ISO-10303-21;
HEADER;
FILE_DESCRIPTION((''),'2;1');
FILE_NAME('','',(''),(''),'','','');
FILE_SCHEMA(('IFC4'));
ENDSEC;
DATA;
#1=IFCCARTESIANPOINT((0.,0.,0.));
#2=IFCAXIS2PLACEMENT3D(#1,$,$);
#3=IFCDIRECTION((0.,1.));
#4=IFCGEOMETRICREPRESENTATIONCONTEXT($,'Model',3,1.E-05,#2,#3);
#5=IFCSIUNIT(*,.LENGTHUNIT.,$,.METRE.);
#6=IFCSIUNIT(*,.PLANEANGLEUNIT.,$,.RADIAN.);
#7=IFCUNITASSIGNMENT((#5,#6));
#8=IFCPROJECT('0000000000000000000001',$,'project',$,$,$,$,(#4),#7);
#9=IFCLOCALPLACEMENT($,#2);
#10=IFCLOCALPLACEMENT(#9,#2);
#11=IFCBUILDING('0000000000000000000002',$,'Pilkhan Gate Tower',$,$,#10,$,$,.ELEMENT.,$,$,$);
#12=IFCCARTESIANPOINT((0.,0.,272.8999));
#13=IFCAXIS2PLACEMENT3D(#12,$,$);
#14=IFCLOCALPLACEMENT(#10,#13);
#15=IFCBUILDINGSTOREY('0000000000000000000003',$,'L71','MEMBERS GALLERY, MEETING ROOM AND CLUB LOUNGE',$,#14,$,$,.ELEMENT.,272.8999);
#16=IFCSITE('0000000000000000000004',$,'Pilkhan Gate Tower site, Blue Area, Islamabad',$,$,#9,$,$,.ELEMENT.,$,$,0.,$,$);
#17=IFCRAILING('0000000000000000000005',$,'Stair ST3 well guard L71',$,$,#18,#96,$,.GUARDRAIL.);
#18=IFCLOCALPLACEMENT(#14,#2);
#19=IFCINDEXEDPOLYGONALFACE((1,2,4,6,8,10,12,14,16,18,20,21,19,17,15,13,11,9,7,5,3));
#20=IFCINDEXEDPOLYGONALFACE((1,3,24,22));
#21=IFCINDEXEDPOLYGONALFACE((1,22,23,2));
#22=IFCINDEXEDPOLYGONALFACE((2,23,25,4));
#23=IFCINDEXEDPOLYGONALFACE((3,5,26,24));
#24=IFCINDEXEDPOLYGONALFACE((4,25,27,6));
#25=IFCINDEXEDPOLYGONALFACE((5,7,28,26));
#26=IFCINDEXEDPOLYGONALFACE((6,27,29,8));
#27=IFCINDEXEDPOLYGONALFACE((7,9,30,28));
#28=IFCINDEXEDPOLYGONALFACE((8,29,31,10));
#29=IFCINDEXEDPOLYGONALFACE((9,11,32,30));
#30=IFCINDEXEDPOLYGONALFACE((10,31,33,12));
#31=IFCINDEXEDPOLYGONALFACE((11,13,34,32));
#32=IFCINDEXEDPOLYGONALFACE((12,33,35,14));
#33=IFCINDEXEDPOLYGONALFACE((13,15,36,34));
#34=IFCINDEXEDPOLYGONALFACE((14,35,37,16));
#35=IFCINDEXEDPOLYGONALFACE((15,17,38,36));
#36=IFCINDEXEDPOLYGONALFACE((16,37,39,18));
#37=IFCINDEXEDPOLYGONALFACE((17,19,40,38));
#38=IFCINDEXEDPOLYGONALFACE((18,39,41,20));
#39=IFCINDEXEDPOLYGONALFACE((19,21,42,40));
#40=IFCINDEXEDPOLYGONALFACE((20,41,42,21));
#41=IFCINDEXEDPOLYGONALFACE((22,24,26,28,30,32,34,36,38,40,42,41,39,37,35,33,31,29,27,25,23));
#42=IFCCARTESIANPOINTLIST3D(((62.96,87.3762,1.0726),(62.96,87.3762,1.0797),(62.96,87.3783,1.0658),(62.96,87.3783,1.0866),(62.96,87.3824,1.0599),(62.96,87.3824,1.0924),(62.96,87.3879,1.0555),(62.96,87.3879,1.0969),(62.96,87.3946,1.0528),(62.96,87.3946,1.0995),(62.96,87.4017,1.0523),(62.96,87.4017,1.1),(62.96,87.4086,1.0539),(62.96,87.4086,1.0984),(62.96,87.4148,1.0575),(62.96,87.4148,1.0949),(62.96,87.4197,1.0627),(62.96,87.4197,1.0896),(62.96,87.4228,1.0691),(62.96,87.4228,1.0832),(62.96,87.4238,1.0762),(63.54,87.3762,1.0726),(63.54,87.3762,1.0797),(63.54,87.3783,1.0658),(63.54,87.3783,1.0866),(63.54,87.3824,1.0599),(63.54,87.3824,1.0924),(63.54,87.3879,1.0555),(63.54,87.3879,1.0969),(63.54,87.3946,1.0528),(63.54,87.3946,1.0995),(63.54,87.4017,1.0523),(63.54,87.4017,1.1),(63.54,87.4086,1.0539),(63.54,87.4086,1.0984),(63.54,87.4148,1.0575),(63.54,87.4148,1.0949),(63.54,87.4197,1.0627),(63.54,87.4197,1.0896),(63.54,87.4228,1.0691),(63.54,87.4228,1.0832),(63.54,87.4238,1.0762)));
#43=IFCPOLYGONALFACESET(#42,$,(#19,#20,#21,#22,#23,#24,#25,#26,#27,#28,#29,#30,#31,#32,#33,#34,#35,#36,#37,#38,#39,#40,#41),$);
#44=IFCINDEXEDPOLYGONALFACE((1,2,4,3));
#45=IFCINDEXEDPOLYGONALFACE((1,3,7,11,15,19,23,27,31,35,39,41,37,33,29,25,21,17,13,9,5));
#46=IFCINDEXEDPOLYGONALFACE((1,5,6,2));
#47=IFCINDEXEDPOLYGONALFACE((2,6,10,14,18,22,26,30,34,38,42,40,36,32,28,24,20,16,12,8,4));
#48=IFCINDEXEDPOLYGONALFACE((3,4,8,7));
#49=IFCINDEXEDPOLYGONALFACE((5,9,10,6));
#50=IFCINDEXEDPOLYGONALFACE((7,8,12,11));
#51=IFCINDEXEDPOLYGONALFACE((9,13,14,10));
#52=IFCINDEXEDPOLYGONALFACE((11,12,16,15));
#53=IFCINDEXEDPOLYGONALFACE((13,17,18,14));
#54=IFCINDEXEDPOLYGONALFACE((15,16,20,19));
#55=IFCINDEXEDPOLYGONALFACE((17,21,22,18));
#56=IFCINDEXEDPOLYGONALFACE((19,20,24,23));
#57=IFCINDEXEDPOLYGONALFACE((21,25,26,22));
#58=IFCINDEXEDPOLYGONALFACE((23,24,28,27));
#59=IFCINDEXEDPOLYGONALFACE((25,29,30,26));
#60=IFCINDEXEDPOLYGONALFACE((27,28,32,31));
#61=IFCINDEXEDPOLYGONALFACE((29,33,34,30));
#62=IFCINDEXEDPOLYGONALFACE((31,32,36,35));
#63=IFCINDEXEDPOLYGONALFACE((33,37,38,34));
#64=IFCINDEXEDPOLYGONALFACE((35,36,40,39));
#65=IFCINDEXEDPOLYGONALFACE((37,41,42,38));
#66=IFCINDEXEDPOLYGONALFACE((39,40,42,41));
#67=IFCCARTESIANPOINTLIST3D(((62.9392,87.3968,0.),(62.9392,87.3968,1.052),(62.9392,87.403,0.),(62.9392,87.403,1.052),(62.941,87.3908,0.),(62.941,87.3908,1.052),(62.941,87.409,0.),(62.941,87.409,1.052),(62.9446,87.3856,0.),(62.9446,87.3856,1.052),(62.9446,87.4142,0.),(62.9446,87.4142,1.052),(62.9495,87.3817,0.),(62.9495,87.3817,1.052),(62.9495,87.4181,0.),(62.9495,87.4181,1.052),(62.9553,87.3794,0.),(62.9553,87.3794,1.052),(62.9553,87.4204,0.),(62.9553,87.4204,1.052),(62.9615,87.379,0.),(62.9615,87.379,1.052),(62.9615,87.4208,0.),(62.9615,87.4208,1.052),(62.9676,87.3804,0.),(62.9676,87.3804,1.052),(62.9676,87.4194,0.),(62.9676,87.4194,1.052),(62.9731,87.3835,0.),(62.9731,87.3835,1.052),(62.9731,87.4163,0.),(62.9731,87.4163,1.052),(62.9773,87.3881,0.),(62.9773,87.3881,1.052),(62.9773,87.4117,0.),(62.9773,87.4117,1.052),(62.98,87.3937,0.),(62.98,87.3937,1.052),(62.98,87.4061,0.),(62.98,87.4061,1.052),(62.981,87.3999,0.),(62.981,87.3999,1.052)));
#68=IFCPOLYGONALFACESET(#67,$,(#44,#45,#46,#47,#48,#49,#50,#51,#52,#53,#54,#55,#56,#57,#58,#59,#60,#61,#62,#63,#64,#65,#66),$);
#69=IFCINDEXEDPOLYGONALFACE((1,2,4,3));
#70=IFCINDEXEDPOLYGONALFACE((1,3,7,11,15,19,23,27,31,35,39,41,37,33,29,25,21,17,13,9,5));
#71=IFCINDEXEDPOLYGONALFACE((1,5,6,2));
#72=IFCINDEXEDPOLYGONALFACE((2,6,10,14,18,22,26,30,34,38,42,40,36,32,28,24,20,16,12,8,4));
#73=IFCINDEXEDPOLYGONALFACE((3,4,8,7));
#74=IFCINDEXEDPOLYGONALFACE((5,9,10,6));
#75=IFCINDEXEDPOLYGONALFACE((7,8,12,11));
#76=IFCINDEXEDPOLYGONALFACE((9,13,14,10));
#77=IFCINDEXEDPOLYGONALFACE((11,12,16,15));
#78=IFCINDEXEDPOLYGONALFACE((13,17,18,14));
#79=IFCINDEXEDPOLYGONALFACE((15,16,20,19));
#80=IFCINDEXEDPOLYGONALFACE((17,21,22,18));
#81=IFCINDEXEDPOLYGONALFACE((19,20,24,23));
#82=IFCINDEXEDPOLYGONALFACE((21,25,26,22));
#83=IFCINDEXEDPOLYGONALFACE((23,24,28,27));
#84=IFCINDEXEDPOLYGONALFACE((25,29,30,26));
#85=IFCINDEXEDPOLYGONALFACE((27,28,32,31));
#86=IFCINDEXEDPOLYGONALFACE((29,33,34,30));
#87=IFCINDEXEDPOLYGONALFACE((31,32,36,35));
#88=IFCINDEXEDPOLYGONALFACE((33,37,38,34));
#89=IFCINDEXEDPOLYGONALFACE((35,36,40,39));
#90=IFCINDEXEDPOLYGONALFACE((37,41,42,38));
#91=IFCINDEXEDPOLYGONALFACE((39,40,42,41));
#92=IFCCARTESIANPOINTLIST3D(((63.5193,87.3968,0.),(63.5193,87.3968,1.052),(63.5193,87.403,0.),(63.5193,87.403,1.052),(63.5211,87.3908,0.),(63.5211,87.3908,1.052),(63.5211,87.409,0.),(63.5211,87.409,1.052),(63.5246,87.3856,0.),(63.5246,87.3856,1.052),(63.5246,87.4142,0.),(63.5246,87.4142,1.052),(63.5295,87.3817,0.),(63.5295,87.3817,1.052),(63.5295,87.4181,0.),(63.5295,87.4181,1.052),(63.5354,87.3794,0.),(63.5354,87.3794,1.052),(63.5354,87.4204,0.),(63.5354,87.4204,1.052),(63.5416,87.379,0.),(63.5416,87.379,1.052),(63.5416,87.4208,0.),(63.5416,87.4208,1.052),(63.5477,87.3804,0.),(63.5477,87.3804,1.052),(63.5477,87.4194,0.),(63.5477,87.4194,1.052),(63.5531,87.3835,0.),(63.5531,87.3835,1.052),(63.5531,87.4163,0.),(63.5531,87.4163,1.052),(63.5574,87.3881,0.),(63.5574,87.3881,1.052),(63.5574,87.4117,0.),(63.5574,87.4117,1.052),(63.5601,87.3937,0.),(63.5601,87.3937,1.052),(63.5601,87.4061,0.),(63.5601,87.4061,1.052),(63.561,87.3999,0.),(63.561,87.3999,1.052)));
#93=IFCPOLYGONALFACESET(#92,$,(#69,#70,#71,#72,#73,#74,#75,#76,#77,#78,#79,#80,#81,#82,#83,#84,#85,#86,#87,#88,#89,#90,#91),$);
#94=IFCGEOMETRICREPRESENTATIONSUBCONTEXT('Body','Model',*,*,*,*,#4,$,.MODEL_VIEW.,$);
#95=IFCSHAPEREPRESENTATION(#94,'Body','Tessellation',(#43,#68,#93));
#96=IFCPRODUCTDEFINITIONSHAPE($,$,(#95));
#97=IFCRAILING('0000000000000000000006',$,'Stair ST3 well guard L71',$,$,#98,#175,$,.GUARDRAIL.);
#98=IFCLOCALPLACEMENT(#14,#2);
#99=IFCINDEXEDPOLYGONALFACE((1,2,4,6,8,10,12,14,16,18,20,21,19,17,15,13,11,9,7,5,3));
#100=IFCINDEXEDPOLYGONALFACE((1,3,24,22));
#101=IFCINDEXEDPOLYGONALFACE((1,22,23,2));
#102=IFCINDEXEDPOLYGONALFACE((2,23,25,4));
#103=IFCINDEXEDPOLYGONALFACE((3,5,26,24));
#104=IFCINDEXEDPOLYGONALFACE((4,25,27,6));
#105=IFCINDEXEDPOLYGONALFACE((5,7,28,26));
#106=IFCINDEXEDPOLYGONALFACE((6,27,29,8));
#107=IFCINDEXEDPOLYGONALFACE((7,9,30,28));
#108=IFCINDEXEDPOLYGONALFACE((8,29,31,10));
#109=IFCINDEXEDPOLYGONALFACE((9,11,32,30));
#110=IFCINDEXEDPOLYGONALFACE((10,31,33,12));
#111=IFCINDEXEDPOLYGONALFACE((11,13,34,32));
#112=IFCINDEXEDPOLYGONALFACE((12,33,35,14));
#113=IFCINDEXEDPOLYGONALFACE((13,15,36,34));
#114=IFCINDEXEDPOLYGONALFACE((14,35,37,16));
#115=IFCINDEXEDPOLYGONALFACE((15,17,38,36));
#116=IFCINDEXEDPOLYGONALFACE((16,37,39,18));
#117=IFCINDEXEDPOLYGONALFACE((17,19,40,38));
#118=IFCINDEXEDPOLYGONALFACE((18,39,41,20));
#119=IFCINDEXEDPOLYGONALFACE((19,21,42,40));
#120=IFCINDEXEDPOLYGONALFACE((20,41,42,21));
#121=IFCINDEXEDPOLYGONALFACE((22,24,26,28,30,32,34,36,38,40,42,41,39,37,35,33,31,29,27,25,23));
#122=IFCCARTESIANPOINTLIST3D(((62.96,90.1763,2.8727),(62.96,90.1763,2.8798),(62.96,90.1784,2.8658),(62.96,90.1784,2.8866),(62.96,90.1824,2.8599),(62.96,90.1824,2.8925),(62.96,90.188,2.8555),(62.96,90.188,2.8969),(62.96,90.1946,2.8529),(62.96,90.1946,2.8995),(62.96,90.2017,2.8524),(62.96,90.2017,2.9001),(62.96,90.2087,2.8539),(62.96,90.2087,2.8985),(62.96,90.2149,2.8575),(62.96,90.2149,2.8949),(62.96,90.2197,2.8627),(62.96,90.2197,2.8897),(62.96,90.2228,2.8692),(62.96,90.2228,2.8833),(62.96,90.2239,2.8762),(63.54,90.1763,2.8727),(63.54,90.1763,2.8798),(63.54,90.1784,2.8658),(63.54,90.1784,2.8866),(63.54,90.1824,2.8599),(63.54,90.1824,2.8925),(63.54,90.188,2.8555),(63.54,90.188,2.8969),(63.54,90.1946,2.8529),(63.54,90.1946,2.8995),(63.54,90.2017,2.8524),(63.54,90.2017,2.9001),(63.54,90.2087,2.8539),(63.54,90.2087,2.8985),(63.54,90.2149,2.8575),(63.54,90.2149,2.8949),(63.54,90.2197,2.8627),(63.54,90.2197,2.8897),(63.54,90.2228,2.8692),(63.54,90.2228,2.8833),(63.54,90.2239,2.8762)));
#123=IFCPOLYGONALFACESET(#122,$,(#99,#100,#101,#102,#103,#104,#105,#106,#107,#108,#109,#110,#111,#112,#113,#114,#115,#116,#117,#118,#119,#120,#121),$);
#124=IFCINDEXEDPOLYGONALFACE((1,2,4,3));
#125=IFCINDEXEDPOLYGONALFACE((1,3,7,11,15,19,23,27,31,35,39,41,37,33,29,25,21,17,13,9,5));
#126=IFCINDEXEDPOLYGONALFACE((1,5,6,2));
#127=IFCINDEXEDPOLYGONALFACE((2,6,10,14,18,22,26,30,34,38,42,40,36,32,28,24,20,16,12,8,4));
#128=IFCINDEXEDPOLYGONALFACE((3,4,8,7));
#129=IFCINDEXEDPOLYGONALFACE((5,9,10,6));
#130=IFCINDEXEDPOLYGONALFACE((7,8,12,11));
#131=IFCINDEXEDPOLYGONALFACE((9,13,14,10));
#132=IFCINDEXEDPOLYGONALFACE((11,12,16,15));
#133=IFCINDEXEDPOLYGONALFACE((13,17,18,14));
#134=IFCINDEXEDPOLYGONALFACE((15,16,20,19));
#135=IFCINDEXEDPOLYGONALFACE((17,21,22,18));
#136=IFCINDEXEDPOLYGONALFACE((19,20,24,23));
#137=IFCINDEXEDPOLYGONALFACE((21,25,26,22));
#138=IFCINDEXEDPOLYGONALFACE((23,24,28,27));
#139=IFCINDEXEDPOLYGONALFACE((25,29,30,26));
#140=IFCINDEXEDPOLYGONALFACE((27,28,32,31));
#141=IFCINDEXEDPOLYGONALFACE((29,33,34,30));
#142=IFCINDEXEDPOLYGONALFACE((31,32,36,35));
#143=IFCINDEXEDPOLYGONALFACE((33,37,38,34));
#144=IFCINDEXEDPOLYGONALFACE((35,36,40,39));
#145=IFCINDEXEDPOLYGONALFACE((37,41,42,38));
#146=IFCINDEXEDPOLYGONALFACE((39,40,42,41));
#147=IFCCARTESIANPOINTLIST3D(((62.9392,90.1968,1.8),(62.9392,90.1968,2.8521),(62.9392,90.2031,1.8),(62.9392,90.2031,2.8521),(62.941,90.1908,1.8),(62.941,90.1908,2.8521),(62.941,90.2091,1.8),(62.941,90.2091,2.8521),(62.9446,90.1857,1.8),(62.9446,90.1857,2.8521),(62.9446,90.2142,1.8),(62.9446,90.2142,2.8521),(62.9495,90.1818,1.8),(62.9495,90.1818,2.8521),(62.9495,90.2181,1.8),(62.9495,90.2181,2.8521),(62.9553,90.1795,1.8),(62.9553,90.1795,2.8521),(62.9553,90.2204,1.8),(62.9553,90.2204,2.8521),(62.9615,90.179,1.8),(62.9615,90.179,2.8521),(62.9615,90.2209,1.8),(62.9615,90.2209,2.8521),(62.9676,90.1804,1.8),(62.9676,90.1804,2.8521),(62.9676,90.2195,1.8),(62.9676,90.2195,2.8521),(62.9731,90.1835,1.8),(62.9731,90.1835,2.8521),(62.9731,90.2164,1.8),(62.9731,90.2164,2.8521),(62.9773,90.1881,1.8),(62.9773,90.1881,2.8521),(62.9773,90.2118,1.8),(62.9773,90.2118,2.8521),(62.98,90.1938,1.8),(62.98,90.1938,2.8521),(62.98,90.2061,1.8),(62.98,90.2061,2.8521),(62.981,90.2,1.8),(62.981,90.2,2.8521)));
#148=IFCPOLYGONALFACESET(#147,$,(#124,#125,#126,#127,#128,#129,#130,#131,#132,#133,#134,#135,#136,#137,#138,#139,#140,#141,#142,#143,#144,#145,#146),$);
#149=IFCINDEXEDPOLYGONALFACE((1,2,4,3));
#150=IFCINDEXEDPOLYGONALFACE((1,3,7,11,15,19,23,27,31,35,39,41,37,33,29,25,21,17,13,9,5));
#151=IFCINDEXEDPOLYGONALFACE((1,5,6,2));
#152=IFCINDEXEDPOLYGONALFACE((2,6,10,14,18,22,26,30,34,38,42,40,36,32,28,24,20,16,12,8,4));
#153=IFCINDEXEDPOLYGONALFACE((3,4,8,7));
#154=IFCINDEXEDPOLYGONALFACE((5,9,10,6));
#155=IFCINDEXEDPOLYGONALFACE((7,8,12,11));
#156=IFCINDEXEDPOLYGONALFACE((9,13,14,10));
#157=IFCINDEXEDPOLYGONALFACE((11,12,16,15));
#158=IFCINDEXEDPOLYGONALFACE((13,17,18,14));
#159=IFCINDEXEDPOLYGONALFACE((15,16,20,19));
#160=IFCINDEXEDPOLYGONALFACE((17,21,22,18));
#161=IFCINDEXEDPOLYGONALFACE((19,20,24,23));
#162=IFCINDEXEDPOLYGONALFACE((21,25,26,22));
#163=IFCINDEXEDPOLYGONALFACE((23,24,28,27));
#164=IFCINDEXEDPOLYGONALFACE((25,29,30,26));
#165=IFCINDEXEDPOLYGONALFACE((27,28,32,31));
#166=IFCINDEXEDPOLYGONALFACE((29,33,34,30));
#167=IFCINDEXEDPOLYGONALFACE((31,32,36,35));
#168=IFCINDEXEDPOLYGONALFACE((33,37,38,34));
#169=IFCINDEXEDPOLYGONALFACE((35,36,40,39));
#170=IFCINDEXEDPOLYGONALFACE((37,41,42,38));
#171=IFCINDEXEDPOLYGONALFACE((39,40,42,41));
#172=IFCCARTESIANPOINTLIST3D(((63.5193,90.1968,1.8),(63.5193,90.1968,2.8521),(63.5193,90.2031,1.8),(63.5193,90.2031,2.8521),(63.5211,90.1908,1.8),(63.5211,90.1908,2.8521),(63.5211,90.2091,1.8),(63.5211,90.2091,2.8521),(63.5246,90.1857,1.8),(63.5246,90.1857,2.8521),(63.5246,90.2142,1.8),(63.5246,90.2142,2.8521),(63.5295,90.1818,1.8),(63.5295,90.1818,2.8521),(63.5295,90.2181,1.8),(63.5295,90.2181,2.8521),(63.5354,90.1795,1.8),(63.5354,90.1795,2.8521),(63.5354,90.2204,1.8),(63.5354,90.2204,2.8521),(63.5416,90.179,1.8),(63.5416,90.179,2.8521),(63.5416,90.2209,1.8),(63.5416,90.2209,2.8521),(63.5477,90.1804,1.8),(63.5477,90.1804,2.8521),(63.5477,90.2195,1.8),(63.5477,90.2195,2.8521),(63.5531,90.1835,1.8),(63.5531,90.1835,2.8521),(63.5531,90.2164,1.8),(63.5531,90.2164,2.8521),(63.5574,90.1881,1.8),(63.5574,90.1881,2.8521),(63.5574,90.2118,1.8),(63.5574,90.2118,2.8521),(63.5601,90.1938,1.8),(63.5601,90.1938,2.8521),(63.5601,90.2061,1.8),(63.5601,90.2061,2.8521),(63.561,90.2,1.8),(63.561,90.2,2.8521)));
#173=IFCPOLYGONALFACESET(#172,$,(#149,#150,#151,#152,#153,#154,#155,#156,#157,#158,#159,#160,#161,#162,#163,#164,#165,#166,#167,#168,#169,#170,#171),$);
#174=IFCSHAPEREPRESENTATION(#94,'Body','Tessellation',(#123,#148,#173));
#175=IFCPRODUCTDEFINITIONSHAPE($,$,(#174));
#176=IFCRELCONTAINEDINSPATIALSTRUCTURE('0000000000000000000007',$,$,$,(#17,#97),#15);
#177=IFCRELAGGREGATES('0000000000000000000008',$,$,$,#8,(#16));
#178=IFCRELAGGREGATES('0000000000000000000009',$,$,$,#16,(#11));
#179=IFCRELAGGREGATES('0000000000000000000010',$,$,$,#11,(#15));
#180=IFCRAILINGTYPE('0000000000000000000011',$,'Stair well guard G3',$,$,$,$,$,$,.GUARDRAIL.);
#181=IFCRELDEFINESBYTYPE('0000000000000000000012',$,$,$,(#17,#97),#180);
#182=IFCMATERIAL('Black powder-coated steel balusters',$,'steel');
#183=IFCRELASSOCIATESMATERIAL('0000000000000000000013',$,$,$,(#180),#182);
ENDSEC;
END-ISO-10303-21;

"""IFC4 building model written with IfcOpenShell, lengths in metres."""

from ifc_helpers import new_model, si_unit, direction, frame, origin, origin_2d, place, context, subcontext, project, spatial, circle, extrude, material, type_object, element, save


model = new_model("IFC4")

# Units and contexts
model_context = context("Model", 3, precision=1e-05, world=origin(), true_north=direction((0.0, 1.0)))
body_context = subcontext(model_context, "Body", "Model", "MODEL_VIEW")
ifc_project = project(units=[si_unit("LENGTHUNIT", "METRE"), si_unit("PLANEANGLEUNIT", "RADIAN")], contexts=[model_context])

# Site, building, storey
site_placement = place(None, origin())
site = spatial("IfcSite", under=ifc_project, at=site_placement, Name="Pilkhan Gate Tower site, Blue Area, Islamabad", CompositionType="ELEMENT", RefElevation=0.0)
building_placement = place(site_placement, origin())
building = spatial("IfcBuilding", under=site, at=building_placement, Name="Pilkhan Gate Tower", CompositionType="ELEMENT")
storey_placement = place(building_placement, frame((0.0, 0.0, 272.8999)))
storey = spatial("IfcBuildingStorey", under=building, at=storey_placement, Name="L71", Description="MEMBERS GALLERY, MEETING ROOM AND CLUB LOUNGE", CompositionType="ELEMENT", Elevation=272.8999)

# Railings
ifc_material_1 = material(Name="Black powder-coated steel balusters", Category="steel")
railing_type_1 = type_object("IfcRailingType", Name="Stair well guard G3", PredefinedType="GUARDRAIL", material=ifc_material_1)
for number, where, name in (
    (1, (62.96, 87.3999, 0.0), "Stair ST3 well guard L71"),
    (2, (62.96, 90.2, 1.8), "Stair ST3 well guard L71"),
):
    element("IfcRailing", number, at=place(storey_placement, frame(where)), inside=storey, type_object=railing_type_1, Name=name, PredefinedType="GUARDRAIL", context=body_context, shape_type="SweptSolid", body=[
        extrude(circle(Radius=0.0239, at=origin_2d()), frame((0.0, 0.0, 1.0762), z_axis=(1.0, 0.0, 0.0), x_axis=(0.0, 1.0, 0.0)), (0.0, 0.0, 1.0), 0.5801),
        extrude(circle(Radius=0.021, at=origin_2d()), origin(), (0.0, 0.0, 1.0), 1.052),
        extrude(circle(Radius=0.021, at=origin_2d()), frame((0.5801, 0.0, 0.0)), (0.0, 0.0, 1.0), 1.052),
    ])

save(model, "model.ifc")
